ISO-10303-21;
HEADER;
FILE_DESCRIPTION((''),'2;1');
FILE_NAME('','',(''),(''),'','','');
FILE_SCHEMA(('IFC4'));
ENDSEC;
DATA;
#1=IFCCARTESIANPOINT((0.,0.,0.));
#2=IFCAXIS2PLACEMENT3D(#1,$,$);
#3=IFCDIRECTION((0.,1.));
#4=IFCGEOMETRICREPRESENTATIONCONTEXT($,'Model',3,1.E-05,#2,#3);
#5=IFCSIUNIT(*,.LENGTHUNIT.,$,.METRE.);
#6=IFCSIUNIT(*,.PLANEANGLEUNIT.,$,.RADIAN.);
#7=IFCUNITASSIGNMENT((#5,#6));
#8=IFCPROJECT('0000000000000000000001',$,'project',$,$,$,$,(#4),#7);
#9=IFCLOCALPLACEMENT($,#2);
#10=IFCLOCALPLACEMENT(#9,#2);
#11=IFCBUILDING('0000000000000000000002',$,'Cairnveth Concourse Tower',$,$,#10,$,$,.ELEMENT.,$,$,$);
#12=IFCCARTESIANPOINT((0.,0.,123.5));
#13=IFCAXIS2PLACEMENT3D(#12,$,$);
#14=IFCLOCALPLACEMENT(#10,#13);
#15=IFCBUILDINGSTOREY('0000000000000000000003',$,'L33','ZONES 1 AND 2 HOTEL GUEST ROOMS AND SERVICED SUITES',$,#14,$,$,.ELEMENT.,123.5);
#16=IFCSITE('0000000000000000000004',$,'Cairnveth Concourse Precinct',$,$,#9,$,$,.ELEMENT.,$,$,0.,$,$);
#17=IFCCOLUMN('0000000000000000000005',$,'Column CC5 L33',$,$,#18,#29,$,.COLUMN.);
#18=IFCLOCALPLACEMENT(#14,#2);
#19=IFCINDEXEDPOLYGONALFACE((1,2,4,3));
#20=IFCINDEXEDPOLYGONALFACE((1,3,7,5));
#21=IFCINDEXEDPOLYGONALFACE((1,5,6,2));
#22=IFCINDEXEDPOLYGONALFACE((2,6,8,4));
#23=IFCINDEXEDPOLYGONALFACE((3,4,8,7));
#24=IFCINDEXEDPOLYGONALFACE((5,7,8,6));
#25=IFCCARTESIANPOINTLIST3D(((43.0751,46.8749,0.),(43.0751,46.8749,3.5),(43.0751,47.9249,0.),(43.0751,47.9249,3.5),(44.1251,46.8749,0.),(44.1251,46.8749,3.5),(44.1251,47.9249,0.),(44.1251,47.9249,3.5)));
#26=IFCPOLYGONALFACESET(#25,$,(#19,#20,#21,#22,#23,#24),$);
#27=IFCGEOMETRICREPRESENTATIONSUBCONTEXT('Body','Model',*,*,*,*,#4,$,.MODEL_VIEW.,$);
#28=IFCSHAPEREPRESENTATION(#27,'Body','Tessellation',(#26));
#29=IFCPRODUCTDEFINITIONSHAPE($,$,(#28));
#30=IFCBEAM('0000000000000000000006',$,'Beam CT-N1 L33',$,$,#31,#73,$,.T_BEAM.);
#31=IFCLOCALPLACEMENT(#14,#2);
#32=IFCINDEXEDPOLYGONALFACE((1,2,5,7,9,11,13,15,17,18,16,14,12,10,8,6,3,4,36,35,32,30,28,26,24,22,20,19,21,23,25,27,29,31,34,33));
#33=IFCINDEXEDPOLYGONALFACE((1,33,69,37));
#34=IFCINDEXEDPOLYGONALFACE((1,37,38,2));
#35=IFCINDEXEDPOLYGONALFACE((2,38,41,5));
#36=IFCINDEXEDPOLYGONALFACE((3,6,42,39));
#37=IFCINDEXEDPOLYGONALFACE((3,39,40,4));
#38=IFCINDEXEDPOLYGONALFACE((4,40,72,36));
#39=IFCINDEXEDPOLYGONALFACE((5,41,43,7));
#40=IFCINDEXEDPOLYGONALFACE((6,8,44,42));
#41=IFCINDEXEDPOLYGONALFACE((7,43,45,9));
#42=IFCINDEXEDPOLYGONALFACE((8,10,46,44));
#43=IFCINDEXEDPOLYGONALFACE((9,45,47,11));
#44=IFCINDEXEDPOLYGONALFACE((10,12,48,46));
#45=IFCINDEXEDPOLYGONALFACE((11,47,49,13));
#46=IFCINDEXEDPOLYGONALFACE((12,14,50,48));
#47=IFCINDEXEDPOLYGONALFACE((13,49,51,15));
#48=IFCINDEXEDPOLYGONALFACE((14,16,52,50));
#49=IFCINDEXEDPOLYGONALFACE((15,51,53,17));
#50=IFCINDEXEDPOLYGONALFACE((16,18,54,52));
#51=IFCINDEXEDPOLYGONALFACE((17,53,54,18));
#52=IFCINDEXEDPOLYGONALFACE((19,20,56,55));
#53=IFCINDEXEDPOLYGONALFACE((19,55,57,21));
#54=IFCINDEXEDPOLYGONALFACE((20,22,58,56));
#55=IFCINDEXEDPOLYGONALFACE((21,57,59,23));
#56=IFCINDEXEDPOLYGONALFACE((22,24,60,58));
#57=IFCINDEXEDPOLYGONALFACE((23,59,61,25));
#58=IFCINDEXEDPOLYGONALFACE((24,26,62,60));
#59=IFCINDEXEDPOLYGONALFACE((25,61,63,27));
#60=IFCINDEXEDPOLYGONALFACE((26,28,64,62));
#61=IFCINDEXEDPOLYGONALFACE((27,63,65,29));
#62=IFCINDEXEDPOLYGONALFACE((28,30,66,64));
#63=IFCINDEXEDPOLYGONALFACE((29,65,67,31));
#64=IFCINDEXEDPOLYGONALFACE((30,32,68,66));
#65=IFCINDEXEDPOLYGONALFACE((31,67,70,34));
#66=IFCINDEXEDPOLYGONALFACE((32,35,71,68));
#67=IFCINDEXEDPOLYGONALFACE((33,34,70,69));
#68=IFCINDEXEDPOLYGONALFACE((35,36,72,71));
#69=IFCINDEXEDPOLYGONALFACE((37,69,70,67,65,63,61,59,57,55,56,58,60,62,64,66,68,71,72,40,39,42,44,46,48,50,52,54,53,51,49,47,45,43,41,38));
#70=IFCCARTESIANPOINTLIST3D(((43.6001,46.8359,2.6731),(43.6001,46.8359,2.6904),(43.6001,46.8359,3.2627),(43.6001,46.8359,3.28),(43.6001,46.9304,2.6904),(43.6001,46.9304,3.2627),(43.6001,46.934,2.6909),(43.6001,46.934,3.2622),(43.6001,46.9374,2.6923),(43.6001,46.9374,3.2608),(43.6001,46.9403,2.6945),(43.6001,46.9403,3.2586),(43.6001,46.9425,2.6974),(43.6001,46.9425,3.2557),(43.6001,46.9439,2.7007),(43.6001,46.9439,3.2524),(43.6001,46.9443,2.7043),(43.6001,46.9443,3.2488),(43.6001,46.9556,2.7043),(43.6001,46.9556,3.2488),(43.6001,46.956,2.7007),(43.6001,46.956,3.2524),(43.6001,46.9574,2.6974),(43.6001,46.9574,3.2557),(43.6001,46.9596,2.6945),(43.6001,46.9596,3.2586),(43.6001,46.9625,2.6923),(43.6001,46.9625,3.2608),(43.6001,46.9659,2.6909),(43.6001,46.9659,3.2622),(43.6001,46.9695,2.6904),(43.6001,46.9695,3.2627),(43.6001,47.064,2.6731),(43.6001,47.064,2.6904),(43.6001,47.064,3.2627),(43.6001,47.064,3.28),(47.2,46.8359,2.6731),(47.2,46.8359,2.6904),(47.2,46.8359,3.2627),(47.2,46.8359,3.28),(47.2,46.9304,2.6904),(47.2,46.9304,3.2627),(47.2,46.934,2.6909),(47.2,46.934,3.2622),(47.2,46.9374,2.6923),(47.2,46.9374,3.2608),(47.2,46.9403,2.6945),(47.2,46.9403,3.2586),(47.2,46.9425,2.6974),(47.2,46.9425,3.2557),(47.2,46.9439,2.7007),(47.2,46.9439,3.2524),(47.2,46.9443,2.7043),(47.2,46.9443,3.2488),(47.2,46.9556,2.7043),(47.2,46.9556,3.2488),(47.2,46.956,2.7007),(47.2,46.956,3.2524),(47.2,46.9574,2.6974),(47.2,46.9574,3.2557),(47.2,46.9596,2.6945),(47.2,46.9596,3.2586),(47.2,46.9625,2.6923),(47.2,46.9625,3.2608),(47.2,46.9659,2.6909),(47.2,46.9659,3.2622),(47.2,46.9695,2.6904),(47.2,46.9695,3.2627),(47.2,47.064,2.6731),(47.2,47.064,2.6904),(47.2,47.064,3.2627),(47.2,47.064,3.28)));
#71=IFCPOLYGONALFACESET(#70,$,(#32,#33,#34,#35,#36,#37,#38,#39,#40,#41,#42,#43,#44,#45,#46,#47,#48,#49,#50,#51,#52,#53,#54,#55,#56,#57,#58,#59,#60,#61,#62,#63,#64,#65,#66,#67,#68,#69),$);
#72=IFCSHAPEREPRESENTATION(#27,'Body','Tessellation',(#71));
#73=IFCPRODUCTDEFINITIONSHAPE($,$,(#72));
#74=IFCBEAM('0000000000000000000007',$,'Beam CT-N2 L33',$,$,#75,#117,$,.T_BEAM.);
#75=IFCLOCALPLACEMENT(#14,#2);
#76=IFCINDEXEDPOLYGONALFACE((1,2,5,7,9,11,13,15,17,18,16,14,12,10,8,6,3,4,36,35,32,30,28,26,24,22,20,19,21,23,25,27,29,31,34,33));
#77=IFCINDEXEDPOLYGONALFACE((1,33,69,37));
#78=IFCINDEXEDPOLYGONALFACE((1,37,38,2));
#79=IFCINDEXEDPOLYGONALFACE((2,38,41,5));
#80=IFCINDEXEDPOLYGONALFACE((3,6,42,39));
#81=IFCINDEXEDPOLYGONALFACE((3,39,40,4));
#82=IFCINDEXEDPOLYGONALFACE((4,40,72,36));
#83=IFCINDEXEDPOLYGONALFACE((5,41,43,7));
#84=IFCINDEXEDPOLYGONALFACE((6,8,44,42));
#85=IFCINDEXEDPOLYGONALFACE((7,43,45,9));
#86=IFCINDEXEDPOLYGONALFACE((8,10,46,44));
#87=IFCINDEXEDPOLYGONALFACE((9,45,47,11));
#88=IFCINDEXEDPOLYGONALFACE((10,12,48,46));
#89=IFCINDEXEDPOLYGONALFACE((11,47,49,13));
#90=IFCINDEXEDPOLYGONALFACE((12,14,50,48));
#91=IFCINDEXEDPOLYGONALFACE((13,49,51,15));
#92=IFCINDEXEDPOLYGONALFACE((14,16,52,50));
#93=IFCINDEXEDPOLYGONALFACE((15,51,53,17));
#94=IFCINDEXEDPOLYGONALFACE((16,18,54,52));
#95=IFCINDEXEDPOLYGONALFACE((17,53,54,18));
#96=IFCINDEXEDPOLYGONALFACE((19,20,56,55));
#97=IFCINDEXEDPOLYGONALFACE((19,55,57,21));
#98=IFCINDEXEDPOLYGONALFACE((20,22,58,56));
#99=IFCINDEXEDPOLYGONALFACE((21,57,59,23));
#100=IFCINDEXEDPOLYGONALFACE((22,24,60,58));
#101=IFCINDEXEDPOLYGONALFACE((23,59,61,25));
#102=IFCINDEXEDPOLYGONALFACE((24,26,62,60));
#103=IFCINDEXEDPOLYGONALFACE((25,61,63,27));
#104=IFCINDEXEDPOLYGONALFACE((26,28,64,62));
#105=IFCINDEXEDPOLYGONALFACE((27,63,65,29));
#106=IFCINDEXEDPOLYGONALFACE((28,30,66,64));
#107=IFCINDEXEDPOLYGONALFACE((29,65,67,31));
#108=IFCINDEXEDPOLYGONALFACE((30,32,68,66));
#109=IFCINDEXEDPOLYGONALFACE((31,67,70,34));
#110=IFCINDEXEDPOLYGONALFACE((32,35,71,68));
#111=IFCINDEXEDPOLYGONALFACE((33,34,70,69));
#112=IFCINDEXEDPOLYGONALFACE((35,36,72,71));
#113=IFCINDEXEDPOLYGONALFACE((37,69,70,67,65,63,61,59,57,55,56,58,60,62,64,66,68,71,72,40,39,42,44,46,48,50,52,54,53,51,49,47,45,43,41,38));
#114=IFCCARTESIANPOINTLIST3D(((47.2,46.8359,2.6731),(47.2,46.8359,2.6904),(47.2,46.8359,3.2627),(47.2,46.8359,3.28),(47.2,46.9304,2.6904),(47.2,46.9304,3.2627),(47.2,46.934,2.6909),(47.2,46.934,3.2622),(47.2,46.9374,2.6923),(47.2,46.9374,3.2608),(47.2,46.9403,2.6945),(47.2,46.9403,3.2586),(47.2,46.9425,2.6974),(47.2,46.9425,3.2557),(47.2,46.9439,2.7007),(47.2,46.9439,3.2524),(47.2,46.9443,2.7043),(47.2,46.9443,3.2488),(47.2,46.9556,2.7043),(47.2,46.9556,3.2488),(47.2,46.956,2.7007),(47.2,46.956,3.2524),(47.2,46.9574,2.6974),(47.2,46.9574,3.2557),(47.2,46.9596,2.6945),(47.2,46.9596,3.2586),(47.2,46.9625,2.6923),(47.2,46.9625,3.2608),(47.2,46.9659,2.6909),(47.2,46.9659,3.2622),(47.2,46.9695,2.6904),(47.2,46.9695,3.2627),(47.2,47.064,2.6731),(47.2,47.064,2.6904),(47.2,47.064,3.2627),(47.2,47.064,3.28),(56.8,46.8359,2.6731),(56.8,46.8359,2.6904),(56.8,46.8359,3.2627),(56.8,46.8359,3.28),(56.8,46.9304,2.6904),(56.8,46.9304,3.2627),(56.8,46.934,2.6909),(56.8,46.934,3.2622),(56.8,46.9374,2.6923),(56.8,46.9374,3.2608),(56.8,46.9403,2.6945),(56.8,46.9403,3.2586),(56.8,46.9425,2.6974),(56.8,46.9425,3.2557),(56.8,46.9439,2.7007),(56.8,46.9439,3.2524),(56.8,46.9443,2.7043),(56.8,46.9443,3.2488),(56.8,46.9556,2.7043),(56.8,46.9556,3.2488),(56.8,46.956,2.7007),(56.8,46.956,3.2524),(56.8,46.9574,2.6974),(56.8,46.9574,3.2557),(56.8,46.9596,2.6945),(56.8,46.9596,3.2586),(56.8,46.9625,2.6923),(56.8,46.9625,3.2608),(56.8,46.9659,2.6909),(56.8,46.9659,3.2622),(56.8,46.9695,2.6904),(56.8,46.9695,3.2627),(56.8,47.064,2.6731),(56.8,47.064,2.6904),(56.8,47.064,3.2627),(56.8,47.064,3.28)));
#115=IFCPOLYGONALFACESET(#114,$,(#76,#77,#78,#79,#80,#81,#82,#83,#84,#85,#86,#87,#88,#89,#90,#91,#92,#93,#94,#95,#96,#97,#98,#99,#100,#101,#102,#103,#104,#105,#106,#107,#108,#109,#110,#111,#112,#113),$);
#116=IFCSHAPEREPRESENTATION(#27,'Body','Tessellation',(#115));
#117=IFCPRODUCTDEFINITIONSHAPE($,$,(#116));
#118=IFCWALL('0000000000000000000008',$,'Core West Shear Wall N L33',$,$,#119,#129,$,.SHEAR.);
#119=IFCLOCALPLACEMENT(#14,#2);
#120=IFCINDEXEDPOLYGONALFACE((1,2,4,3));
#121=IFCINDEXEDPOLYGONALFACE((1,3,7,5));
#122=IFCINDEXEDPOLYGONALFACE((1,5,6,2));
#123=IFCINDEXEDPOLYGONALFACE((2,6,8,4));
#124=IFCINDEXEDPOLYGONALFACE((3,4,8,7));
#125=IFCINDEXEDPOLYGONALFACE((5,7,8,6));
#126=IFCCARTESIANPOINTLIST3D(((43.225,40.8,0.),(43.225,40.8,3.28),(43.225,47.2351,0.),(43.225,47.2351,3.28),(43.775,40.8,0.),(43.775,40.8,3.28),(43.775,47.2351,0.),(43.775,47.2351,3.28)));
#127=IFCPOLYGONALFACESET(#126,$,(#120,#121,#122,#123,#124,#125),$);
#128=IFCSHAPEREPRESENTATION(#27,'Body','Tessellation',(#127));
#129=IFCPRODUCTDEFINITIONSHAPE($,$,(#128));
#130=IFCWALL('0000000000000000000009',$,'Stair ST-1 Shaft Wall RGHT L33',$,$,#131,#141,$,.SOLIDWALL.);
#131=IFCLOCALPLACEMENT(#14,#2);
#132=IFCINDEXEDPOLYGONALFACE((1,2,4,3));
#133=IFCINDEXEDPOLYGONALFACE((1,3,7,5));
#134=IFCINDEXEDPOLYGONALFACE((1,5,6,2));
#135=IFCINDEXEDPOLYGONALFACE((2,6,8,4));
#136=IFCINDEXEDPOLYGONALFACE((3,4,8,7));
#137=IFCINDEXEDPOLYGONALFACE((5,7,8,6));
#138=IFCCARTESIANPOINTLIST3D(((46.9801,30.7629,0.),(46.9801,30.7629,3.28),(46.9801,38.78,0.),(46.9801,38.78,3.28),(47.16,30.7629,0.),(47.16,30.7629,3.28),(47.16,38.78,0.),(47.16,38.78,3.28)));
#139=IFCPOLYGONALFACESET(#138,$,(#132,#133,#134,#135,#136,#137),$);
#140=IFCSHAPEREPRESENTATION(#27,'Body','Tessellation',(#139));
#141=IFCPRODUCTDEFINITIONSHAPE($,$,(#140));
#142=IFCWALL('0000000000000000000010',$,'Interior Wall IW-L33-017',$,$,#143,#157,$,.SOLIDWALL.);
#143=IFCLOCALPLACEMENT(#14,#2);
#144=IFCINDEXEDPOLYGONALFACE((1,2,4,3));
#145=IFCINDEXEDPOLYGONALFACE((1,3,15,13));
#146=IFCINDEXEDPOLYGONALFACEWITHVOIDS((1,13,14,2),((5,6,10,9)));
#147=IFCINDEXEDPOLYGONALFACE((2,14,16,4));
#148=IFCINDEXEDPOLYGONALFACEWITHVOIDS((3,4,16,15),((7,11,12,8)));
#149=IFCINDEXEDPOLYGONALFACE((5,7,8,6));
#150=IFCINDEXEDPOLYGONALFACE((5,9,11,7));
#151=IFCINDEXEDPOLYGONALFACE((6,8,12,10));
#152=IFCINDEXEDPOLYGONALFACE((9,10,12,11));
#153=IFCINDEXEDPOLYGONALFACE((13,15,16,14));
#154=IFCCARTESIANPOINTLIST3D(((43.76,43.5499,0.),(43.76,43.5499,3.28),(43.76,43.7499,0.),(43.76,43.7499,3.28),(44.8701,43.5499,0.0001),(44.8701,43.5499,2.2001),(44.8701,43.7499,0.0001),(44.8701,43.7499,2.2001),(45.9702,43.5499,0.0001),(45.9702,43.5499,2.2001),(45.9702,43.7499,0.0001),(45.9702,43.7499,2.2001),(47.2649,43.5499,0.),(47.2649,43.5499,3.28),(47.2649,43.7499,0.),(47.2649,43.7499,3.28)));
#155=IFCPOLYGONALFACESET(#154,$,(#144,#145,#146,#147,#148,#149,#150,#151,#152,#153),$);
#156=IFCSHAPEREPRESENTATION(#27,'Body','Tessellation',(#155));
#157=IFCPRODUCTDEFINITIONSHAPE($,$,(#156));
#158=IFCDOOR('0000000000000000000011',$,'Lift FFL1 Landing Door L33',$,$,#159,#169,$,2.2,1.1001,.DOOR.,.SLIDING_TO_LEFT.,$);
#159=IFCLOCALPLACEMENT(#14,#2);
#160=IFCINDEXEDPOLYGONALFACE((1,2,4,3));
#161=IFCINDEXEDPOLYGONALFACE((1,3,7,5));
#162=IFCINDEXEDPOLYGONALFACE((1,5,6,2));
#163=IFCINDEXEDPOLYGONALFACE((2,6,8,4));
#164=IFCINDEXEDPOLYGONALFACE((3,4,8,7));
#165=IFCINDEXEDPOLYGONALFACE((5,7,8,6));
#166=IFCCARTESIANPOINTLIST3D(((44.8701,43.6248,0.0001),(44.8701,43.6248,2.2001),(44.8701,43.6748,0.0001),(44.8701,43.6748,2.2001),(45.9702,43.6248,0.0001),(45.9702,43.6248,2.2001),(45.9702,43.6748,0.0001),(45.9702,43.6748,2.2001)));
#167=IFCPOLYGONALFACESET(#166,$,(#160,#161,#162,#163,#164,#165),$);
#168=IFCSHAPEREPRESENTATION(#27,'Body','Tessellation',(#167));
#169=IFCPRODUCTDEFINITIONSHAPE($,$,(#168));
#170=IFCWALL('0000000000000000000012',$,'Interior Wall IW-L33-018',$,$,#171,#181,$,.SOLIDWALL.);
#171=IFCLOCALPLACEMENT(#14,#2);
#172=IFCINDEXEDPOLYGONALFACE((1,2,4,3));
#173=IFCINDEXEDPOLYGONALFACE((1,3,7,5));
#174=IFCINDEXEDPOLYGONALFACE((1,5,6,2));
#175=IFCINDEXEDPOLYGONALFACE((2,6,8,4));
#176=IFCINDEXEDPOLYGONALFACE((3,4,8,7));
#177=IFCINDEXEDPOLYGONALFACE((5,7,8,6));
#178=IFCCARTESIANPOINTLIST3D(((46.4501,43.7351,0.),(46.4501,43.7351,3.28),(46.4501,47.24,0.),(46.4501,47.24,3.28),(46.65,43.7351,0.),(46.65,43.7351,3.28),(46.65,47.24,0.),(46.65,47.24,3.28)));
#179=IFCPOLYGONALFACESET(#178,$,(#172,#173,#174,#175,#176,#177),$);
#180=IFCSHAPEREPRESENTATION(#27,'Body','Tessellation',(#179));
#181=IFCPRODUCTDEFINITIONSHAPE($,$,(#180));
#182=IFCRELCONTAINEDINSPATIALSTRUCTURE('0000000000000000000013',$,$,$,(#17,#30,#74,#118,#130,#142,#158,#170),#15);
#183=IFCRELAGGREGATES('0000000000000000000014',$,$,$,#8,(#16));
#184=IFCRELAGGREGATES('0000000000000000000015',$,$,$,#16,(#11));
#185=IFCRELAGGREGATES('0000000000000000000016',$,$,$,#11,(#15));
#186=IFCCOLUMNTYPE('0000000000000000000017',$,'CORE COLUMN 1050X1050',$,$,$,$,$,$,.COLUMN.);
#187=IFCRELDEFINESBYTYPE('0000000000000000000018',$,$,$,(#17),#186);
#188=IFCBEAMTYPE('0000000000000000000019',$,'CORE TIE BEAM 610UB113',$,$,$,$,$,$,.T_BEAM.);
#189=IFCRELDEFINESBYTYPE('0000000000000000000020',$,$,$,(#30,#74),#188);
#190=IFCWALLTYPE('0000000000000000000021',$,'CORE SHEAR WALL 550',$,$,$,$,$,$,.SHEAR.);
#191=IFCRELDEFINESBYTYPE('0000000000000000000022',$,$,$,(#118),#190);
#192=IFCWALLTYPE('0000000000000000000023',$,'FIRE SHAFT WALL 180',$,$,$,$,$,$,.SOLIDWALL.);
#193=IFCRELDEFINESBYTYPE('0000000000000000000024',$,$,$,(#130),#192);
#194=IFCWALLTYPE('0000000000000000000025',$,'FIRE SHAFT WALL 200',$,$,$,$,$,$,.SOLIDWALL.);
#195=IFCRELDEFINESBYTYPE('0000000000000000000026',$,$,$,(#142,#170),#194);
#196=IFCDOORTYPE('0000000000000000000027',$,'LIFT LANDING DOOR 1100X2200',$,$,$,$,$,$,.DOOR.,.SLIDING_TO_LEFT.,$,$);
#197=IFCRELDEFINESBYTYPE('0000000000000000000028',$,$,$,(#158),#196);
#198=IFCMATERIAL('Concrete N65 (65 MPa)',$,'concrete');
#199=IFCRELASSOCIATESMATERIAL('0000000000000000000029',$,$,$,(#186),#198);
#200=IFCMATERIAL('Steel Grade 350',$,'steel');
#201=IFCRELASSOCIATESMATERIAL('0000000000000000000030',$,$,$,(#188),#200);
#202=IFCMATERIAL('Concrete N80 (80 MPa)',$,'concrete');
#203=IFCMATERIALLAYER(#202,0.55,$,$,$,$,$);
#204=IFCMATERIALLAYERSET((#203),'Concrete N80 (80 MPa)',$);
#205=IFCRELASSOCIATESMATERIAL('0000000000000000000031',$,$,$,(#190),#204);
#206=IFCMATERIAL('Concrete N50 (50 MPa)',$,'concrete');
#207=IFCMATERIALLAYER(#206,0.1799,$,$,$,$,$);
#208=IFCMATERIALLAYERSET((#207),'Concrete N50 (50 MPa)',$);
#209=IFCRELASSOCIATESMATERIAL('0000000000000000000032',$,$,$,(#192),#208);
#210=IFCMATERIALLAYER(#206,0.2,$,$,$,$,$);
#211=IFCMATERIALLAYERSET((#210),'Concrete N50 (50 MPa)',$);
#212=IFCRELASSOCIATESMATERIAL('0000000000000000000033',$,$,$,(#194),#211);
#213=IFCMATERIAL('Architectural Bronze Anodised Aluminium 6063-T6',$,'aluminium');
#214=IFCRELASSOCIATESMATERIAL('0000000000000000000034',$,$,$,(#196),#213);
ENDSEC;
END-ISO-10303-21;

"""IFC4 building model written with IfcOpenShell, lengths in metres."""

from ifc_helpers import new_model, si_unit, direction, frame, frame_2d, origin, origin_2d, place, context, subcontext, project, spatial, rectangle, i_section, extrude, material, layer, layer_set, material_profile, profile_set, type_object, element, fill, save


model = new_model("IFC4")

# Units and contexts
model_context = context("Model", 3, precision=1e-05, world=origin(), true_north=direction((0.0, 1.0)))
body_context = subcontext(model_context, "Body", "Model", "MODEL_VIEW")
ifc_project = project(units=[si_unit("LENGTHUNIT", "METRE"), si_unit("PLANEANGLEUNIT", "RADIAN")], contexts=[model_context])

# Site, building, storey
site_placement = place(None, origin())
site = spatial("IfcSite", under=ifc_project, at=site_placement, Name="Cairnveth Concourse Precinct", CompositionType="ELEMENT", RefElevation=0.0)
building_placement = place(site_placement, origin())
building = spatial("IfcBuilding", under=site, at=building_placement, Name="Cairnveth Concourse Tower", CompositionType="ELEMENT")
storey_placement = place(building_placement, frame((0.0, 0.0, 123.5)))
storey = spatial("IfcBuildingStorey", under=building, at=storey_placement, Name="L33", Description="ZONES 1 AND 2 HOTEL GUEST ROOMS AND SERVICED SUITES", CompositionType="ELEMENT", Elevation=123.5)

# Column
ifc_material_1 = material(Name="Concrete N65 (65 MPa)", Category="concrete")
ifc_material_profile_1 = material_profile(ifc_material_1, rectangle(XDim=1.05, YDim=1.05, at=origin_2d()), Name="RC-COL-1050x1050")
ifc_profile_set_1 = profile_set([ifc_material_profile_1], Name="Concrete N65 (65 MPa)")
column_type = type_object("IfcColumnType", Name="CORE COLUMN 1050X1050", PredefinedType="COLUMN", material=ifc_profile_set_1)
column_placement = place(storey_placement, frame((43.6001, 47.3999, 0.0), z_axis=(0.0, 0.0, 1.0), x_axis=(1.0, 0.0, 0.0)))
element("IfcColumn", 1, at=column_placement, inside=storey, type_object=column_type, Name="Column CC5 L33", PredefinedType="COLUMN", context=body_context, shape_type="SweptSolid", body=[
    extrude(rectangle(XDim=1.05, YDim=1.05, at=origin_2d()), origin(), (0.0, 0.0, 1.0), 3.5),
])

# Beams
ifc_material_2 = material(Name="Steel Grade 350", Category="steel")
ifc_material_profile_2 = material_profile(ifc_material_2, i_section(OverallWidth=0.228, OverallDepth=0.6069, WebThickness=0.0112, FlangeThickness=0.0173, FilletRadius=0.0139, at=origin_2d()), Name="610UB113")
ifc_profile_set_2 = profile_set([ifc_material_profile_2], Name="Steel Grade 350")
beam_type = type_object("IfcBeamType", Name="CORE TIE BEAM 610UB113", PredefinedType="T_BEAM", material=ifc_profile_set_2)
beam_1_placement = place(storey_placement, frame((43.6001, 46.95, 2.9766), z_axis=(1.0, 0.0, 0.0), x_axis=(0.0, 1.0, 0.0)))
element("IfcBeam", 2, at=beam_1_placement, inside=storey, type_object=beam_type, Name="Beam CT-N1 L33", PredefinedType="T_BEAM", context=body_context, shape_type="SweptSolid", body=[
    extrude(i_section(OverallWidth=0.228, OverallDepth=0.6069, WebThickness=0.0112, FlangeThickness=0.0173, FilletRadius=0.0139, at=origin_2d()), origin(), (0.0, 0.0, 1.0), 3.5999),
])
beam_2_placement = place(storey_placement, frame((47.2, 46.95, 2.9766), z_axis=(1.0, 0.0, 0.0), x_axis=(0.0, 1.0, 0.0)))
element("IfcBeam", 3, at=beam_2_placement, inside=storey, type_object=beam_type, Name="Beam CT-N2 L33", PredefinedType="T_BEAM", context=body_context, shape_type="SweptSolid", body=[
    extrude(i_section(OverallWidth=0.228, OverallDepth=0.6069, WebThickness=0.0112, FlangeThickness=0.0173, FilletRadius=0.0139, at=origin_2d()), origin(), (0.0, 0.0, 1.0), 9.6001),
])

# Wall
ifc_material_3 = material(Name="Concrete N80 (80 MPa)", Category="concrete")
ifc_layer_1 = layer(ifc_material_3, 0.55)
ifc_layer_set_1 = layer_set([ifc_layer_1], Name="Concrete N80 (80 MPa)")
wall_type_1 = type_object("IfcWallType", Name="CORE SHEAR WALL 550", PredefinedType="SHEAR", material=ifc_layer_set_1)
wall_1_placement = place(storey_placement, frame((43.5, 40.8, 0.0), z_axis=(0.0, 0.0, 1.0), x_axis=(0.0, 1.0, 0.0)))
element("IfcWall", 4, at=wall_1_placement, inside=storey, type_object=wall_type_1, Name="Core West Shear Wall N L33", PredefinedType="SHEAR", context=body_context, shape_type="SweptSolid", body=[
    extrude(rectangle(XDim=6.4351, YDim=0.55, at=frame_2d((3.2175, 0.0))), origin(), (0.0, 0.0, 1.0), 3.28),
])

# Shared definitions
ifc_material_4 = material(Name="Concrete N50 (50 MPa)", Category="concrete")
ifc_layer_2 = layer(ifc_material_4, 0.1799)
ifc_layer_set_2 = layer_set([ifc_layer_2], Name="Concrete N50 (50 MPa)")
wall_type_2 = type_object("IfcWallType", Name="FIRE SHAFT WALL 180", PredefinedType="SOLIDWALL", material=ifc_layer_set_2)

# Wall
wall_2_placement = place(storey_placement, frame((47.0701, 38.78, 0.0), z_axis=(0.0, 0.0, 1.0), x_axis=(0.0, -1.0, 0.0)))
element("IfcWall", 5, at=wall_2_placement, inside=storey, type_object=wall_type_2, Name="Stair ST-1 Shaft Wall RGHT L33", PredefinedType="SOLIDWALL", context=body_context, shape_type="SweptSolid", body=[
    extrude(rectangle(XDim=8.0171, YDim=0.1799, at=frame_2d((4.0085, 0.0))), origin(), (0.0, 0.0, 1.0), 3.28),
])

# Wall, opening, door
ifc_layer_3 = layer(ifc_material_4, 0.2)
ifc_layer_set_3 = layer_set([ifc_layer_3], Name="Concrete N50 (50 MPa)")
wall_type_3 = type_object("IfcWallType", Name="FIRE SHAFT WALL 200", PredefinedType="SOLIDWALL", material=ifc_layer_set_3)
wall_3_placement = place(storey_placement, frame((43.76, 43.6499, 0.0), z_axis=(0.0, 0.0, 1.0), x_axis=(1.0, 0.0, 0.0)))
wall_3 = element("IfcWall", 6, at=wall_3_placement, inside=storey, type_object=wall_type_3, Name="Interior Wall IW-L33-017", PredefinedType="SOLIDWALL", context=body_context, shape_type="SweptSolid", body=[
    extrude(rectangle(XDim=3.5049, YDim=0.2, at=frame_2d((1.7524, 0.0))), origin(), (0.0, 0.0, 1.0), 3.28),
])
opening_1_placement = place(wall_3_placement, frame((1.1101, 0.0, 0.0)))
opening_1 = element("IfcOpeningElement", 7, at=opening_1_placement, cuts=wall_3, PredefinedType="OPENING", context=body_context, shape_type="SweptSolid", body=[
    extrude(rectangle(XDim=1.1001, YDim=2.2, at=frame_2d((0.55, 1.1001))), frame((0.0, 0.1099, 0.0), z_axis=(0.0, -1.0, 0.0), x_axis=(1.0, 0.0, 0.0)), (0.0, 0.0, 1.0), 0.22),
])
ifc_material_5 = material(Name="Architectural Bronze Anodised Aluminium 6063-T6", Category="aluminium")
door_type_1 = type_object("IfcDoorType", Name="LIFT LANDING DOOR 1100X2200", OperationType="SLIDING_TO_LEFT", PredefinedType="DOOR", material=ifc_material_5)
door_1_placement = place(opening_1_placement, origin())
door_1 = element("IfcDoor", 8, at=door_1_placement, inside=storey, type_object=door_type_1, Name="Lift FFL1 Landing Door L33", OperationType="SLIDING_TO_LEFT", OverallHeight=2.2, OverallWidth=1.1001, PredefinedType="DOOR", context=body_context, shape_type="SweptSolid", body=[
    extrude(rectangle(XDim=1.1001, YDim=2.2, at=frame_2d((0.55, 1.1001))), frame((0.0, 0.0249, 0.0), z_axis=(0.0, -1.0, 0.0), x_axis=(1.0, 0.0, 0.0)), (0.0, 0.0, 1.0), 0.05),
])
fill(opening_1, door_1)

# Wall
for number, where, z_axis, x_axis, name in (
    (9, (46.55, 43.7351, 0.0), (0.0, 0.0, 1.0), (0.0, 1.0, 0.0), "Interior Wall IW-L33-018"),
):
    element("IfcWall", number, at=place(storey_placement, frame(where, z_axis=z_axis, x_axis=x_axis)), inside=storey, type_object=wall_type_3, Name=name, PredefinedType="SOLIDWALL", context=body_context, shape_type="SweptSolid", body=[
        extrude(rectangle(XDim=3.5049, YDim=0.2, at=frame_2d((1.7524, 0.0))), origin(), (0.0, 0.0, 1.0), 3.28),
    ])

save(model, "model.ifc")
